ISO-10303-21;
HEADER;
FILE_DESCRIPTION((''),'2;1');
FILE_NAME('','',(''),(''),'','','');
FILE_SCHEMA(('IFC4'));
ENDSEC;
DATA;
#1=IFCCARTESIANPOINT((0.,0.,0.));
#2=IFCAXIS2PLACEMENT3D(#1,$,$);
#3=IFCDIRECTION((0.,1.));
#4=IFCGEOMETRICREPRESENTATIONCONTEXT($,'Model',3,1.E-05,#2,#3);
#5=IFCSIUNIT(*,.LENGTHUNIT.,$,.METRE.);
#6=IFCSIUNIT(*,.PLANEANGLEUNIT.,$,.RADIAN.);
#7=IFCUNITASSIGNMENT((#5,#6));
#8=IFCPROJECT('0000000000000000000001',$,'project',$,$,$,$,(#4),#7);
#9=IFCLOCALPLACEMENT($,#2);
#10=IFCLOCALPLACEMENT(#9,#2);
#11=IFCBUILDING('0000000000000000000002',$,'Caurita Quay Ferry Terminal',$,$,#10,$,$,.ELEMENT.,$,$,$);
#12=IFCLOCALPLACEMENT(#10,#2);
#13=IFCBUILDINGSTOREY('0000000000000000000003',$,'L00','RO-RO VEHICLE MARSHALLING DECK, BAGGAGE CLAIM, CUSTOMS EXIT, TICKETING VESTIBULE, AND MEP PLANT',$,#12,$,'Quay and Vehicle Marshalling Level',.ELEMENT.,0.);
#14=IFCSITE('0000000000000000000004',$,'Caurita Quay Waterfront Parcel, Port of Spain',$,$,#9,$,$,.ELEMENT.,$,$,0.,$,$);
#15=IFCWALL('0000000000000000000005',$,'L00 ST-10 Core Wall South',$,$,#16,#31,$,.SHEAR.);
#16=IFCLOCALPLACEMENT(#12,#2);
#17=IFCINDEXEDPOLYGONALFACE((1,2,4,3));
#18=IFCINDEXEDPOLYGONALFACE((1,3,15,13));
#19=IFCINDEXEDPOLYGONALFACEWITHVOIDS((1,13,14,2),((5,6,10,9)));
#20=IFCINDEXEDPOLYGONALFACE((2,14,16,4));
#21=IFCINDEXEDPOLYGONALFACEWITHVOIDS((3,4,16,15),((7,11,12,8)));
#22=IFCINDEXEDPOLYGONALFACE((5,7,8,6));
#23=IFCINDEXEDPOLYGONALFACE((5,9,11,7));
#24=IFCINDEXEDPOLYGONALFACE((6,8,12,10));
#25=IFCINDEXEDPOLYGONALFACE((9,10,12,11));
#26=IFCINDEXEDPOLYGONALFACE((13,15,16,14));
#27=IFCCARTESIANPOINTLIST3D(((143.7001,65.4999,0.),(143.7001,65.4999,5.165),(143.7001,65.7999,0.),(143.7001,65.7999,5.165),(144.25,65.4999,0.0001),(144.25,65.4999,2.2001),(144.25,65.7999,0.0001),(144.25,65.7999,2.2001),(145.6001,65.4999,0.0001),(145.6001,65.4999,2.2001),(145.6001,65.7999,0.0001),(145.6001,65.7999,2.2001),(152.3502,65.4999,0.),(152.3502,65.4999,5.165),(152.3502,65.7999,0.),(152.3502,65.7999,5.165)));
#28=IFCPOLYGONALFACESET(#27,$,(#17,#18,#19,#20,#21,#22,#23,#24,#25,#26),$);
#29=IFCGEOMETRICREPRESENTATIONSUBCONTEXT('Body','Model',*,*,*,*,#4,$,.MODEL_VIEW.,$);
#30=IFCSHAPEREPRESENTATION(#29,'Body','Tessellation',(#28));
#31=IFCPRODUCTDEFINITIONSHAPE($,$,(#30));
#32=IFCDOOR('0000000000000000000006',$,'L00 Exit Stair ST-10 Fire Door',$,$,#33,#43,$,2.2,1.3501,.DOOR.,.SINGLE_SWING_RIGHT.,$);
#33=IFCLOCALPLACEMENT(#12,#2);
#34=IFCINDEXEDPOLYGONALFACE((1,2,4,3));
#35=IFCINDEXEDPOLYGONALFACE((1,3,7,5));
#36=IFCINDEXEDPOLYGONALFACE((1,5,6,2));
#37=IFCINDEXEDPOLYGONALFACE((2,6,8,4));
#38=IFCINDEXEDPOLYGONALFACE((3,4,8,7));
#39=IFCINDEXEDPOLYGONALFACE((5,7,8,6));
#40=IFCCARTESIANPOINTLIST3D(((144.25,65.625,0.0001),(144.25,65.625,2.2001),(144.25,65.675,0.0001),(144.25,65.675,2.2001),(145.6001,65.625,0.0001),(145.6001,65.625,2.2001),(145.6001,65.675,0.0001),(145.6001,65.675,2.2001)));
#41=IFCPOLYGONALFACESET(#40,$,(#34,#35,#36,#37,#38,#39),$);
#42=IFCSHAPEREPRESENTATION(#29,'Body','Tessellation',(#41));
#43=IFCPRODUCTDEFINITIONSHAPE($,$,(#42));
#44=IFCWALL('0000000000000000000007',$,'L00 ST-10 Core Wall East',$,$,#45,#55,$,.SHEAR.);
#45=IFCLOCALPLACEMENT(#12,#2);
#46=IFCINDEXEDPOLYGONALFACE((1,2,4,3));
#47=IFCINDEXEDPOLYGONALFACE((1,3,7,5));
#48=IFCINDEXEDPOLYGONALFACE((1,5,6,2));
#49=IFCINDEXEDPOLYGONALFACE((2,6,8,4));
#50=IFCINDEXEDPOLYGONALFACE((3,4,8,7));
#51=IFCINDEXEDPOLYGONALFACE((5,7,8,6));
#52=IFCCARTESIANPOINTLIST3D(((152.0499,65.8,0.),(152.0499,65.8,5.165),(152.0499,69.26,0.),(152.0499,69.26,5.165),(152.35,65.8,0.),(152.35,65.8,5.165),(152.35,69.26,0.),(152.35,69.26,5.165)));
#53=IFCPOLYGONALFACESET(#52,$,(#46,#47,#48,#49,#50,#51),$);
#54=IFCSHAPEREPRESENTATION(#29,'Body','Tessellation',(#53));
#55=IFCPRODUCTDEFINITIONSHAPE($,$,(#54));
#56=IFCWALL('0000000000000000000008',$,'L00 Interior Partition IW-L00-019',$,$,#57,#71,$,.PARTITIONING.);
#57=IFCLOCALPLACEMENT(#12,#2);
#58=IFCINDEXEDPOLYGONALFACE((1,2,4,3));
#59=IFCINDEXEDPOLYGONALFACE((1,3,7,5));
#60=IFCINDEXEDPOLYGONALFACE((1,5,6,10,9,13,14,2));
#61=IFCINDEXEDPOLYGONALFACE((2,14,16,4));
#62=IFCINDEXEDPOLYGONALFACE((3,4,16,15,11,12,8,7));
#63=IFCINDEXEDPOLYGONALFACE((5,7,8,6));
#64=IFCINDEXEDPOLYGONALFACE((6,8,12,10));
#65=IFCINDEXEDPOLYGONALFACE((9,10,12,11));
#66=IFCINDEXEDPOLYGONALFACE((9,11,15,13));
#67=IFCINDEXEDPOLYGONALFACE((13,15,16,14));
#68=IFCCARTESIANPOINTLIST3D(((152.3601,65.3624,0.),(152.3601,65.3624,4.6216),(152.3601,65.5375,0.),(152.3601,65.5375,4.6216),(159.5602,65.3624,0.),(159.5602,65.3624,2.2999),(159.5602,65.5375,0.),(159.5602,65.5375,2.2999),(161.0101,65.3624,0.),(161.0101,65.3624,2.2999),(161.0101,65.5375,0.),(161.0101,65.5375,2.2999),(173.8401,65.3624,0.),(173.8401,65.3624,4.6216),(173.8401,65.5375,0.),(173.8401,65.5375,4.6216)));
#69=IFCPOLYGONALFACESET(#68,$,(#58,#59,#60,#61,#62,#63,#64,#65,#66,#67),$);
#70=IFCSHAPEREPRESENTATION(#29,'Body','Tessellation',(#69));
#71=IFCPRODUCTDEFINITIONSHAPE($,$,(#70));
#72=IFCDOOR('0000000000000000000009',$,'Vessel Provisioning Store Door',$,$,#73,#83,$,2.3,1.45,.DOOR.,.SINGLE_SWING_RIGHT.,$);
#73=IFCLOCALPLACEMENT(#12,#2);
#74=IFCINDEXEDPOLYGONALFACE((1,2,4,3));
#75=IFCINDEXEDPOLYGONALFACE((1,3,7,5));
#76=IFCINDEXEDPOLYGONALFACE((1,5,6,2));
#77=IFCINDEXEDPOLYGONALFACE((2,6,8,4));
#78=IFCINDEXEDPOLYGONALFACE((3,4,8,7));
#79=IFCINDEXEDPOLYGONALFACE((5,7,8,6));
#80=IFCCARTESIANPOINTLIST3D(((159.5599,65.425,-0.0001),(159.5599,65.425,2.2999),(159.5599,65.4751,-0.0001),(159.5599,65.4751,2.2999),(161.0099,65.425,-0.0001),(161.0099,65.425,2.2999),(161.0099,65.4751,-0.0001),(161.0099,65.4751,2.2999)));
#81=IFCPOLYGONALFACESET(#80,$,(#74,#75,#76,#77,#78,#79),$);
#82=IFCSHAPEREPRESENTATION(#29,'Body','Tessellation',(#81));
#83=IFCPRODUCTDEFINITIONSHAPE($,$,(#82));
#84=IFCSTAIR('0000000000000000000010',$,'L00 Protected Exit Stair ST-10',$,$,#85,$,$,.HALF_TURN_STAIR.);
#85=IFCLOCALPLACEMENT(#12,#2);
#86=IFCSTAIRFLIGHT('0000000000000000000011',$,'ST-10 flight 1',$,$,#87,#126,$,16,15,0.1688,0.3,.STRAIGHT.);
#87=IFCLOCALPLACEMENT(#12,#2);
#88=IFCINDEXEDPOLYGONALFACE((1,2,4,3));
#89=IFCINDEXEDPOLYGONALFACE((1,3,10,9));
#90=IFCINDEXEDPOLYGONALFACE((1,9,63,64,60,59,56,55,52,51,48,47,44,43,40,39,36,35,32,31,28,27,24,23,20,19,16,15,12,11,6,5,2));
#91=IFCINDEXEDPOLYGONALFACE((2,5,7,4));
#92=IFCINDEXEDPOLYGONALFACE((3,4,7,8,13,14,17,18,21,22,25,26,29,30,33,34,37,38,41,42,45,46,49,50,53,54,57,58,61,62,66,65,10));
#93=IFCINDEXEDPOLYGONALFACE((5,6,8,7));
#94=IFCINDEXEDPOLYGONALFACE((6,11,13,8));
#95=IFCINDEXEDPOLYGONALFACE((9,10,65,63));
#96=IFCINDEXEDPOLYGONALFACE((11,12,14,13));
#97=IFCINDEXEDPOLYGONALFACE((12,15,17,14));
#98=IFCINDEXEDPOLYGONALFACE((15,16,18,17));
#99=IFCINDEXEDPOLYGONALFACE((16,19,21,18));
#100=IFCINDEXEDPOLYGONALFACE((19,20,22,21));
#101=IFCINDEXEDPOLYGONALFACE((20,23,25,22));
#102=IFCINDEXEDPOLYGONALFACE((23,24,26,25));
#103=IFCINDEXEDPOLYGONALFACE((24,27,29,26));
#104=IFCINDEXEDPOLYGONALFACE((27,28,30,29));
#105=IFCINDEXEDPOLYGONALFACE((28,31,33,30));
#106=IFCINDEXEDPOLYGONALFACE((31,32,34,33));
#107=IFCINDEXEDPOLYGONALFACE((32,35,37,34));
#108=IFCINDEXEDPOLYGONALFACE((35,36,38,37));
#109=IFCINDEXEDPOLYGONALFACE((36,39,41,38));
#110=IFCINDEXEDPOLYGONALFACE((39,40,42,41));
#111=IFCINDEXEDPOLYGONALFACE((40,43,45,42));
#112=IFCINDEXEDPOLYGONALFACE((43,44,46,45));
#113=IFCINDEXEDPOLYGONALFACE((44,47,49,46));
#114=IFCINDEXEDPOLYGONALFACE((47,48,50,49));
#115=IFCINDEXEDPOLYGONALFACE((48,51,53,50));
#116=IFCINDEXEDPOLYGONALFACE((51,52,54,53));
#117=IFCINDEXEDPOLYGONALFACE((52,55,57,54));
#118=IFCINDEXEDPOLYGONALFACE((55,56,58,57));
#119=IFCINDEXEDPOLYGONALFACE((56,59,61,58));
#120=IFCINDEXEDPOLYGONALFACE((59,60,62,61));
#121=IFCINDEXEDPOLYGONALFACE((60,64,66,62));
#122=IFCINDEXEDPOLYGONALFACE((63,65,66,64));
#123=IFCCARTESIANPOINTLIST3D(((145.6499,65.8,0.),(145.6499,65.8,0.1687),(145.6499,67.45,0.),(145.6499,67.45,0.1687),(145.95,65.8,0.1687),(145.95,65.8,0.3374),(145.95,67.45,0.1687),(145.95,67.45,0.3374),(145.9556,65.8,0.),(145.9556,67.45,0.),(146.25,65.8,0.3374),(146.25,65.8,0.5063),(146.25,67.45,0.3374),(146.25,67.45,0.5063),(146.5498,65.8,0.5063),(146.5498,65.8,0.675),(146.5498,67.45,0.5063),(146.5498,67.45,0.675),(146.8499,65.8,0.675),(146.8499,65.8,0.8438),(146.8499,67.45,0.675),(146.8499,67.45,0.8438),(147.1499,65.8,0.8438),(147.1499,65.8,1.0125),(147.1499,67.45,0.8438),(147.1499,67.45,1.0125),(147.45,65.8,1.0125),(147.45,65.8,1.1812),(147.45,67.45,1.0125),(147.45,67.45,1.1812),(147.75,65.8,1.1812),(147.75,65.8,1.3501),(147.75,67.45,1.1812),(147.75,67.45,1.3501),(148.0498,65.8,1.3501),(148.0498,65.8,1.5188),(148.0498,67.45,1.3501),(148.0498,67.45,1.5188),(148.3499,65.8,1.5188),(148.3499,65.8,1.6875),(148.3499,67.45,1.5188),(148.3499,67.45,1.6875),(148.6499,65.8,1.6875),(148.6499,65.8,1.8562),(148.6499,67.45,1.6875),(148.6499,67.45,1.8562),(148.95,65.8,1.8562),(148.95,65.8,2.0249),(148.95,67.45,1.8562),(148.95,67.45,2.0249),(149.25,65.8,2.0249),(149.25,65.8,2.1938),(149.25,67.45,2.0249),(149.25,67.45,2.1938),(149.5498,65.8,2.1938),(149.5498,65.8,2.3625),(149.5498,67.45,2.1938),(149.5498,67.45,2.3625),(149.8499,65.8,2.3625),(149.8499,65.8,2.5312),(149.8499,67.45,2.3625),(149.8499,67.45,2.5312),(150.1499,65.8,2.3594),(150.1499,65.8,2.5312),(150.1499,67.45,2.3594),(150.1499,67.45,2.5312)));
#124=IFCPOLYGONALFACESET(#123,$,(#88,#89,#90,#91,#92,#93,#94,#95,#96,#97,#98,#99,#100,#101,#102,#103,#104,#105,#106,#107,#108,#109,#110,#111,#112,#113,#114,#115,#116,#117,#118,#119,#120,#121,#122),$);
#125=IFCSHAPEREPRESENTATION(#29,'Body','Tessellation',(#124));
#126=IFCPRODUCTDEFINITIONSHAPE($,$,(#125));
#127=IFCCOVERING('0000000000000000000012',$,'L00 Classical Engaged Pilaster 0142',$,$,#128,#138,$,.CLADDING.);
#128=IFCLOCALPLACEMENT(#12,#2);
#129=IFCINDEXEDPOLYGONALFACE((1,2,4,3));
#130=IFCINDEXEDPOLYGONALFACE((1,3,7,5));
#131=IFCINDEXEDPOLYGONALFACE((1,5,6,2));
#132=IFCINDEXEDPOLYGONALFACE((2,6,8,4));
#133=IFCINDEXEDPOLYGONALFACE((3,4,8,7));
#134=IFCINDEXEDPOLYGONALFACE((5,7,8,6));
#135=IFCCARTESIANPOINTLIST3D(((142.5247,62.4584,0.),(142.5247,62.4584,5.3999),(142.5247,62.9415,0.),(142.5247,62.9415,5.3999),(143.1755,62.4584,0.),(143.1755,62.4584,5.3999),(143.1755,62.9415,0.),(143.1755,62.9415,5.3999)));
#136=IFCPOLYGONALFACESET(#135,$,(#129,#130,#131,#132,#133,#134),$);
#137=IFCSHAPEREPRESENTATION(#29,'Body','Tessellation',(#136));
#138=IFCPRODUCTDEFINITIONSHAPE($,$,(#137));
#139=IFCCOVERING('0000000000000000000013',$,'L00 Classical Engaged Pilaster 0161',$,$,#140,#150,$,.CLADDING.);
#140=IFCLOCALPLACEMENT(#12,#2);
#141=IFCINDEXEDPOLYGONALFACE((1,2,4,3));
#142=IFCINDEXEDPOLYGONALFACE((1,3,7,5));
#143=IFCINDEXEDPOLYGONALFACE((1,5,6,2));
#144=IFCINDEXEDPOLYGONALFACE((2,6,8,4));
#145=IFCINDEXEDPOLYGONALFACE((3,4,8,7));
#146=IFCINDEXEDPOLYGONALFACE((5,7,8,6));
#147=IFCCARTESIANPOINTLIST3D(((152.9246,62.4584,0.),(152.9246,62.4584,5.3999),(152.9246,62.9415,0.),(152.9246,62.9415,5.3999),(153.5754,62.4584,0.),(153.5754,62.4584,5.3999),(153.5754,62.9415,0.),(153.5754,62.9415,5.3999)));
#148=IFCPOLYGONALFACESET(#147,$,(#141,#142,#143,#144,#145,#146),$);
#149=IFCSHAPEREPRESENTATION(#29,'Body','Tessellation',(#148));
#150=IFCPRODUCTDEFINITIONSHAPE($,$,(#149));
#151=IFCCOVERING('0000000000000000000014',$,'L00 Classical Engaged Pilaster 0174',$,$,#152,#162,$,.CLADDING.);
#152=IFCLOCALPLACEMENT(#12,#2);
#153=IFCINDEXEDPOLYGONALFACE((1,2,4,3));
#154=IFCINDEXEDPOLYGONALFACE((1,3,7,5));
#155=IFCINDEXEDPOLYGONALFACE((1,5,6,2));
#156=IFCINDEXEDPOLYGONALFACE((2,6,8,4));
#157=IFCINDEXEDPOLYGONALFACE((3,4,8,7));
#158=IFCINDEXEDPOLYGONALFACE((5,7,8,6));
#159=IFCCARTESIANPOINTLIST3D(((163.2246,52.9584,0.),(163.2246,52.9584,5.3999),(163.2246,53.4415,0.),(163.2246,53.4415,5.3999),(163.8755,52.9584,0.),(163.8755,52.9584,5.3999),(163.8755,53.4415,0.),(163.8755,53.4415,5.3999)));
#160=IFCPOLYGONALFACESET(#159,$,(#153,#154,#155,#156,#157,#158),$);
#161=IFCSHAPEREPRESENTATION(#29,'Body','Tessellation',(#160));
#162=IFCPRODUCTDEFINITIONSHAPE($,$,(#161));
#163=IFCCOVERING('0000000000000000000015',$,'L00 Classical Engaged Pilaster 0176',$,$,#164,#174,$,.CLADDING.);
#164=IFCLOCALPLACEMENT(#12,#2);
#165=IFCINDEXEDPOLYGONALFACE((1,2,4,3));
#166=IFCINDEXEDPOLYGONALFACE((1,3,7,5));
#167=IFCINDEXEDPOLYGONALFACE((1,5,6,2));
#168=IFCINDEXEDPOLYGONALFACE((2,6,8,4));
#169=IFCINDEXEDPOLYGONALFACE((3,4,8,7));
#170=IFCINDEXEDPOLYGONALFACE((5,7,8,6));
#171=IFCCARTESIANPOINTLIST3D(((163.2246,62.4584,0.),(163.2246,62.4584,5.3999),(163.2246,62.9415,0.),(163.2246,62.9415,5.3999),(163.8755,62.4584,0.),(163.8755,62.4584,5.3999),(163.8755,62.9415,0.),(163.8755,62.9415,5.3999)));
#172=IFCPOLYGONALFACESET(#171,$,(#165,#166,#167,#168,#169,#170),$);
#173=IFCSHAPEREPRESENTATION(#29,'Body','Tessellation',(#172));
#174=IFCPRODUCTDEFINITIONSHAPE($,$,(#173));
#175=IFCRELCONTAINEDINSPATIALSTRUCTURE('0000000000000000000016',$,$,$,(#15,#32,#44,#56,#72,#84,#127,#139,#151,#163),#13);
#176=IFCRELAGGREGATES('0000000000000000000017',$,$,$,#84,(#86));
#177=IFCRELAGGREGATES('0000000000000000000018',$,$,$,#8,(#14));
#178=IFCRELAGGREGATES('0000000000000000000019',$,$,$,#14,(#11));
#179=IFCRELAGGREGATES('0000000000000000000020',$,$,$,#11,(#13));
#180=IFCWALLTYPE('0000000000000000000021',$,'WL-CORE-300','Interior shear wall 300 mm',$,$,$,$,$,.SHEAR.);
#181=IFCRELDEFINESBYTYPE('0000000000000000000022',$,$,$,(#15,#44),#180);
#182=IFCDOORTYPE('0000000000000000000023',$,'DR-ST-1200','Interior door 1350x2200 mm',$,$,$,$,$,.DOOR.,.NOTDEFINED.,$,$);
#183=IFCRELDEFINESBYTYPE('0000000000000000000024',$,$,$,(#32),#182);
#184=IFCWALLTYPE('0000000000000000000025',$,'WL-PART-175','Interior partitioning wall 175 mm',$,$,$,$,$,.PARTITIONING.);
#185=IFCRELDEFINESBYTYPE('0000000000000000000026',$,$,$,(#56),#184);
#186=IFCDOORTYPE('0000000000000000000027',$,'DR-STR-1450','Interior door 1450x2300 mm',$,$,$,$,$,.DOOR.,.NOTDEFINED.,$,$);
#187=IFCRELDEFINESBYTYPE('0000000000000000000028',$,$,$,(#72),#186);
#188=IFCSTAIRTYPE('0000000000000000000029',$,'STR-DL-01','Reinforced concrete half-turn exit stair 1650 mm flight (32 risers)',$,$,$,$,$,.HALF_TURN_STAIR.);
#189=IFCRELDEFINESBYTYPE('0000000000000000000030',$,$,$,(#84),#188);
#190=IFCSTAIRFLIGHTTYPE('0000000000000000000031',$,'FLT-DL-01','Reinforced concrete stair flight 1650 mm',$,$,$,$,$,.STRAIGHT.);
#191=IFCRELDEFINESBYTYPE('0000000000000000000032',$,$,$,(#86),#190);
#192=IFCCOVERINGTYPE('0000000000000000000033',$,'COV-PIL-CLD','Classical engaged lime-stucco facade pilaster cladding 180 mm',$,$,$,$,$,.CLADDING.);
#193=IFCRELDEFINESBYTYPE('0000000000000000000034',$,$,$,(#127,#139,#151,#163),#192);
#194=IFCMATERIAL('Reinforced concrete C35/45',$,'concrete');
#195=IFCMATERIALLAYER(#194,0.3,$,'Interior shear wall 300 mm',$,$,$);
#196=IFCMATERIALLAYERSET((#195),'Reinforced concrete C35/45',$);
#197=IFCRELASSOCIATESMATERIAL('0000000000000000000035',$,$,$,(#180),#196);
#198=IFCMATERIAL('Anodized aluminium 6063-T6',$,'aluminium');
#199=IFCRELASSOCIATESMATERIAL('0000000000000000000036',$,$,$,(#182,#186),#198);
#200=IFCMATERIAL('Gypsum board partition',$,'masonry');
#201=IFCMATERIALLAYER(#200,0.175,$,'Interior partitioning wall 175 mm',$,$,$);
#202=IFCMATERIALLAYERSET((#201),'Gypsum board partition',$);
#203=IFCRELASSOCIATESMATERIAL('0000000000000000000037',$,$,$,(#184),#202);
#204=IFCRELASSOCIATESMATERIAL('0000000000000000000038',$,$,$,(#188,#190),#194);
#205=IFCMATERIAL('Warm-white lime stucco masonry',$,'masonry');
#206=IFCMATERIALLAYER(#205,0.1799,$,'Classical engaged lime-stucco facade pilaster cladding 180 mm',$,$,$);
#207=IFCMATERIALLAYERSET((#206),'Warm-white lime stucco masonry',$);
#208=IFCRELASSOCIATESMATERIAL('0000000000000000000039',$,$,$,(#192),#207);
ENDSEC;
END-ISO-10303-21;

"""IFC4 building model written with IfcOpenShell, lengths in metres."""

from ifc_helpers import new_model, si_unit, direction, frame, frame_2d, origin, origin_2d, place, context, subcontext, project, spatial, polyline, rectangle, outline, extrude, material, layer, layer_set, type_object, element, fill, aggregate, save


model = new_model("IFC4")

# Units and contexts
model_context = context("Model", 3, precision=1e-05, world=origin(), true_north=direction((0.0, 1.0)))
body_context = subcontext(model_context, "Body", "Model", "MODEL_VIEW")
ifc_project = project(units=[si_unit("LENGTHUNIT", "METRE"), si_unit("PLANEANGLEUNIT", "RADIAN")], contexts=[model_context])

# Site, building, storey
site_placement = place(None, origin())
site = spatial("IfcSite", under=ifc_project, at=site_placement, Name="Caurita Quay Waterfront Parcel, Port of Spain", CompositionType="ELEMENT", RefElevation=0.0)
building_placement = place(site_placement, origin())
building = spatial("IfcBuilding", under=site, at=building_placement, Name="Caurita Quay Ferry Terminal", CompositionType="ELEMENT")
storey_placement = place(building_placement, origin())
storey = spatial("IfcBuildingStorey", under=building, at=storey_placement, Name="L00", Description="RO-RO VEHICLE MARSHALLING DECK, BAGGAGE CLAIM, CUSTOMS EXIT, TICKETING VESTIBULE, AND MEP PLANT", LongName="Quay and Vehicle Marshalling Level", CompositionType="ELEMENT", Elevation=0.0)

# Shared definitions
ifc_material_1 = material(Name="Reinforced concrete C35/45", Category="concrete")

# Wall, opening, door
ifc_layer_1 = layer(ifc_material_1, 0.3, Name="Interior shear wall 300 mm")
ifc_layer_set_1 = layer_set([ifc_layer_1], Name="Reinforced concrete C35/45")
wall_type_1 = type_object("IfcWallType", Name="WL-CORE-300", Description="Interior shear wall 300 mm", PredefinedType="SHEAR", material=ifc_layer_set_1)
wall_1_placement = place(storey_placement, frame((143.7, 65.6499, 0.0), z_axis=(0.0, 0.0, 1.0), x_axis=(1.0, 0.0, 0.0)))
wall_1 = element("IfcWall", 1, at=wall_1_placement, inside=storey, type_object=wall_type_1, Name="L00 ST-10 Core Wall South", PredefinedType="SHEAR", context=body_context, shape_type="SweptSolid", body=[
    extrude(rectangle(XDim=8.6501, YDim=0.3, at=frame_2d((4.3252, 0.0))), origin(), (0.0, 0.0, 1.0), 5.165),
])
opening_1_placement = place(wall_1_placement, frame((0.55, 0.0, 0.0)))
opening_1 = element("IfcOpeningElement", 2, at=opening_1_placement, cuts=wall_1, PredefinedType="OPENING", context=body_context, shape_type="SweptSolid", body=[
    extrude(rectangle(XDim=1.3501, YDim=2.2, at=frame_2d((0.675, 1.1001))), frame((0.0, 0.1599, 0.0), z_axis=(0.0, -1.0, 0.0), x_axis=(1.0, 0.0, 0.0)), (0.0, 0.0, 1.0), 0.3201),
])
ifc_material_2 = material(Name="Anodized aluminium 6063-T6", Category="aluminium")
door_type_1 = type_object("IfcDoorType", Name="DR-ST-1200", Description="Interior door 1350x2200 mm", OperationType="NOTDEFINED", PredefinedType="DOOR", material=ifc_material_2)
door_1_placement = place(opening_1_placement, frame((1.3501, 0.0, 0.0), z_axis=(0.0, 0.0, 1.0), x_axis=(-1.0, 0.0, 0.0)))
door_1 = element("IfcDoor", 3, at=door_1_placement, inside=storey, type_object=door_type_1, Name="L00 Exit Stair ST-10 Fire Door", OperationType="SINGLE_SWING_RIGHT", OverallHeight=2.2, OverallWidth=1.3501, PredefinedType="DOOR", context=body_context, shape_type="SweptSolid", body=[
    extrude(rectangle(XDim=1.3501, YDim=2.2, at=frame_2d((0.675, 1.1001))), frame((0.0, 0.0249, 0.0), z_axis=(0.0, -1.0, 0.0), x_axis=(1.0, 0.0, 0.0)), (0.0, 0.0, 1.0), 0.05),
])
fill(opening_1, door_1)

# Wall
wall_2_placement = place(storey_placement, frame((152.2, 65.8, 0.0), z_axis=(0.0, 0.0, 1.0), x_axis=(0.0, 1.0, 0.0)))
element("IfcWall", 4, at=wall_2_placement, inside=storey, type_object=wall_type_1, Name="L00 ST-10 Core Wall East", PredefinedType="SHEAR", context=body_context, shape_type="SweptSolid", body=[
    extrude(rectangle(XDim=3.46, YDim=0.3, at=frame_2d((1.73, 0.0))), origin(), (0.0, 0.0, 1.0), 5.165),
])

# Wall, opening, door
ifc_material_3 = material(Name="Gypsum board partition", Category="masonry")
ifc_layer_2 = layer(ifc_material_3, 0.175, Name="Interior partitioning wall 175 mm")
ifc_layer_set_2 = layer_set([ifc_layer_2], Name="Gypsum board partition")
wall_type_2 = type_object("IfcWallType", Name="WL-PART-175", Description="Interior partitioning wall 175 mm", PredefinedType="PARTITIONING", material=ifc_layer_set_2)
wall_3_placement = place(storey_placement, frame((152.3601, 65.45, 0.0), z_axis=(0.0, 0.0, 1.0), x_axis=(1.0, 0.0, 0.0)))
wall_3 = element("IfcWall", 5, at=wall_3_placement, inside=storey, type_object=wall_type_2, Name="L00 Interior Partition IW-L00-019", PredefinedType="PARTITIONING", context=body_context, shape_type="SweptSolid", body=[
    extrude(rectangle(XDim=21.48, YDim=0.175, at=frame_2d((10.74, 0.0))), origin(), (0.0, 0.0, 1.0), 4.6216),
])
opening_2_placement = place(wall_3_placement, frame((7.2, 0.0, 0.0)))
opening_2 = element("IfcOpeningElement", 6, at=opening_2_placement, cuts=wall_3, PredefinedType="OPENING", context=body_context, shape_type="SweptSolid", body=[
    extrude(rectangle(XDim=1.45, YDim=2.3, at=frame_2d((0.7251, 1.1499))), frame((0.0, 0.0974, 0.0), z_axis=(0.0, -1.0, 0.0), x_axis=(1.0, 0.0, 0.0)), (0.0, 0.0, 1.0), 0.1951),
])
door_type_2 = type_object("IfcDoorType", Name="DR-STR-1450", Description="Interior door 1450x2300 mm", OperationType="NOTDEFINED", PredefinedType="DOOR", material=ifc_material_2)
door_2_placement = place(opening_2_placement, frame((1.45, 0.0, 0.0), z_axis=(0.0, 0.0, 1.0), x_axis=(-1.0, 0.0, 0.0)))
door_2 = element("IfcDoor", 7, at=door_2_placement, inside=storey, type_object=door_type_2, Name="Vessel Provisioning Store Door", OperationType="SINGLE_SWING_RIGHT", OverallHeight=2.3, OverallWidth=1.45, PredefinedType="DOOR", context=body_context, shape_type="SweptSolid", body=[
    extrude(rectangle(XDim=1.45, YDim=2.3, at=frame_2d((0.7251, 1.1499))), frame((0.0, 0.0249, 0.0), z_axis=(0.0, -1.0, 0.0), x_axis=(1.0, 0.0, 0.0)), (0.0, 0.0, 1.0), 0.05),
])
fill(opening_2, door_2)

# Stair, stair flight
stair_type = type_object("IfcStairType", Name="STR-DL-01", Description="Reinforced concrete half-turn exit stair 1650 mm flight (32 risers)", PredefinedType="HALF_TURN_STAIR", material=ifc_material_1)
stair_placement = place(storey_placement, origin())
stair = element("IfcStair", 8, at=stair_placement, inside=storey, type_object=stair_type, Name="L00 Protected Exit Stair ST-10", PredefinedType="HALF_TURN_STAIR")
stair_flight_type = type_object("IfcStairFlightType", Name="FLT-DL-01", Description="Reinforced concrete stair flight 1650 mm", PredefinedType="STRAIGHT", material=ifc_material_1)
stair_flight_placement = place(storey_placement, frame((145.6499, 66.625, 0.0), z_axis=(0.0, 0.0, 1.0), x_axis=(1.0, 0.0, 0.0)))
stair_flight = element("IfcStairFlight", 9, at=stair_flight_placement, type_object=stair_flight_type, Name="ST-10 flight 1", NumberOfRisers=16, NumberOfTreads=15, PredefinedType="STRAIGHT", RiserHeight=0.1688, TreadLength=0.3, context=body_context, shape_type="SweptSolid", body=[
    extrude(outline(polyline([(0.0, 0.0), (0.0, 0.1687), (0.3, 0.1687), (0.3, 0.3374), (0.6001, 0.3374), (0.6001, 0.5063), (0.8999, 0.5063), (0.8999, 0.675), (1.2, 0.675), (1.2, 0.8438), (1.5, 0.8438), (1.5, 1.0125), (1.8, 1.0125), (1.8, 1.1812), (2.1001, 1.1812), (2.1001, 1.3501), (2.3999, 1.3501), (2.3999, 1.5188), (2.7, 1.5188), (2.7, 1.6875), (3.0, 1.6875), (3.0, 1.8562), (3.3, 1.8562), (3.3, 2.0249), (3.6001, 2.0249), (3.6001, 2.1938), (3.8999, 2.1938), (3.8999, 2.3625), (4.2, 2.3625), (4.2, 2.5312), (4.5, 2.5312), (4.5, 2.7), (4.5, 2.3594), (0.3057, 0.0), (0.0, 0.0)])), frame((0.0, 0.825, 0.0), z_axis=(0.0, -1.0, 0.0), x_axis=(1.0, 0.0, 0.0)), (0.0, 0.0, 1.0), 1.6499),
])
aggregate(stair, [stair_flight])

# Coverings
ifc_material_4 = material(Name="Warm-white lime stucco masonry", Category="masonry")
ifc_layer_3 = layer(ifc_material_4, 0.1799, Name="Classical engaged lime-stucco facade pilaster cladding 180 mm")
ifc_layer_set_3 = layer_set([ifc_layer_3], Name="Warm-white lime stucco masonry")
covering_type = type_object("IfcCoveringType", Name="COV-PIL-CLD", Description="Classical engaged lime-stucco facade pilaster cladding 180 mm", PredefinedType="CLADDING", material=ifc_layer_set_3)
for number, where, z_axis, x_axis, name in (
    (10, (142.8501, 62.7, 0.0), (0.0, 0.0, 1.0), (1.0, 0.0, 0.0), "L00 Classical Engaged Pilaster 0142"),
    (11, (153.25, 62.7, 0.0), (0.0, 0.0, 1.0), (1.0, 0.0, 0.0), "L00 Classical Engaged Pilaster 0161"),
    (12, (163.55, 53.2, 0.0), (0.0, 0.0, 1.0), (1.0, 0.0, 0.0), "L00 Classical Engaged Pilaster 0174"),
    (13, (163.55, 62.7, 0.0), (0.0, 0.0, 1.0), (1.0, 0.0, 0.0), "L00 Classical Engaged Pilaster 0176"),
):
    element("IfcCovering", number, at=place(storey_placement, frame(where, z_axis=z_axis, x_axis=x_axis)), inside=storey, type_object=covering_type, Name=name, PredefinedType="CLADDING", context=body_context, shape_type="SweptSolid", body=[
        extrude(rectangle(XDim=0.6509, YDim=0.4832, at=origin_2d()), origin(), (0.0, 0.0, 1.0), 5.3999),
    ])

save(model, "model.ifc")
